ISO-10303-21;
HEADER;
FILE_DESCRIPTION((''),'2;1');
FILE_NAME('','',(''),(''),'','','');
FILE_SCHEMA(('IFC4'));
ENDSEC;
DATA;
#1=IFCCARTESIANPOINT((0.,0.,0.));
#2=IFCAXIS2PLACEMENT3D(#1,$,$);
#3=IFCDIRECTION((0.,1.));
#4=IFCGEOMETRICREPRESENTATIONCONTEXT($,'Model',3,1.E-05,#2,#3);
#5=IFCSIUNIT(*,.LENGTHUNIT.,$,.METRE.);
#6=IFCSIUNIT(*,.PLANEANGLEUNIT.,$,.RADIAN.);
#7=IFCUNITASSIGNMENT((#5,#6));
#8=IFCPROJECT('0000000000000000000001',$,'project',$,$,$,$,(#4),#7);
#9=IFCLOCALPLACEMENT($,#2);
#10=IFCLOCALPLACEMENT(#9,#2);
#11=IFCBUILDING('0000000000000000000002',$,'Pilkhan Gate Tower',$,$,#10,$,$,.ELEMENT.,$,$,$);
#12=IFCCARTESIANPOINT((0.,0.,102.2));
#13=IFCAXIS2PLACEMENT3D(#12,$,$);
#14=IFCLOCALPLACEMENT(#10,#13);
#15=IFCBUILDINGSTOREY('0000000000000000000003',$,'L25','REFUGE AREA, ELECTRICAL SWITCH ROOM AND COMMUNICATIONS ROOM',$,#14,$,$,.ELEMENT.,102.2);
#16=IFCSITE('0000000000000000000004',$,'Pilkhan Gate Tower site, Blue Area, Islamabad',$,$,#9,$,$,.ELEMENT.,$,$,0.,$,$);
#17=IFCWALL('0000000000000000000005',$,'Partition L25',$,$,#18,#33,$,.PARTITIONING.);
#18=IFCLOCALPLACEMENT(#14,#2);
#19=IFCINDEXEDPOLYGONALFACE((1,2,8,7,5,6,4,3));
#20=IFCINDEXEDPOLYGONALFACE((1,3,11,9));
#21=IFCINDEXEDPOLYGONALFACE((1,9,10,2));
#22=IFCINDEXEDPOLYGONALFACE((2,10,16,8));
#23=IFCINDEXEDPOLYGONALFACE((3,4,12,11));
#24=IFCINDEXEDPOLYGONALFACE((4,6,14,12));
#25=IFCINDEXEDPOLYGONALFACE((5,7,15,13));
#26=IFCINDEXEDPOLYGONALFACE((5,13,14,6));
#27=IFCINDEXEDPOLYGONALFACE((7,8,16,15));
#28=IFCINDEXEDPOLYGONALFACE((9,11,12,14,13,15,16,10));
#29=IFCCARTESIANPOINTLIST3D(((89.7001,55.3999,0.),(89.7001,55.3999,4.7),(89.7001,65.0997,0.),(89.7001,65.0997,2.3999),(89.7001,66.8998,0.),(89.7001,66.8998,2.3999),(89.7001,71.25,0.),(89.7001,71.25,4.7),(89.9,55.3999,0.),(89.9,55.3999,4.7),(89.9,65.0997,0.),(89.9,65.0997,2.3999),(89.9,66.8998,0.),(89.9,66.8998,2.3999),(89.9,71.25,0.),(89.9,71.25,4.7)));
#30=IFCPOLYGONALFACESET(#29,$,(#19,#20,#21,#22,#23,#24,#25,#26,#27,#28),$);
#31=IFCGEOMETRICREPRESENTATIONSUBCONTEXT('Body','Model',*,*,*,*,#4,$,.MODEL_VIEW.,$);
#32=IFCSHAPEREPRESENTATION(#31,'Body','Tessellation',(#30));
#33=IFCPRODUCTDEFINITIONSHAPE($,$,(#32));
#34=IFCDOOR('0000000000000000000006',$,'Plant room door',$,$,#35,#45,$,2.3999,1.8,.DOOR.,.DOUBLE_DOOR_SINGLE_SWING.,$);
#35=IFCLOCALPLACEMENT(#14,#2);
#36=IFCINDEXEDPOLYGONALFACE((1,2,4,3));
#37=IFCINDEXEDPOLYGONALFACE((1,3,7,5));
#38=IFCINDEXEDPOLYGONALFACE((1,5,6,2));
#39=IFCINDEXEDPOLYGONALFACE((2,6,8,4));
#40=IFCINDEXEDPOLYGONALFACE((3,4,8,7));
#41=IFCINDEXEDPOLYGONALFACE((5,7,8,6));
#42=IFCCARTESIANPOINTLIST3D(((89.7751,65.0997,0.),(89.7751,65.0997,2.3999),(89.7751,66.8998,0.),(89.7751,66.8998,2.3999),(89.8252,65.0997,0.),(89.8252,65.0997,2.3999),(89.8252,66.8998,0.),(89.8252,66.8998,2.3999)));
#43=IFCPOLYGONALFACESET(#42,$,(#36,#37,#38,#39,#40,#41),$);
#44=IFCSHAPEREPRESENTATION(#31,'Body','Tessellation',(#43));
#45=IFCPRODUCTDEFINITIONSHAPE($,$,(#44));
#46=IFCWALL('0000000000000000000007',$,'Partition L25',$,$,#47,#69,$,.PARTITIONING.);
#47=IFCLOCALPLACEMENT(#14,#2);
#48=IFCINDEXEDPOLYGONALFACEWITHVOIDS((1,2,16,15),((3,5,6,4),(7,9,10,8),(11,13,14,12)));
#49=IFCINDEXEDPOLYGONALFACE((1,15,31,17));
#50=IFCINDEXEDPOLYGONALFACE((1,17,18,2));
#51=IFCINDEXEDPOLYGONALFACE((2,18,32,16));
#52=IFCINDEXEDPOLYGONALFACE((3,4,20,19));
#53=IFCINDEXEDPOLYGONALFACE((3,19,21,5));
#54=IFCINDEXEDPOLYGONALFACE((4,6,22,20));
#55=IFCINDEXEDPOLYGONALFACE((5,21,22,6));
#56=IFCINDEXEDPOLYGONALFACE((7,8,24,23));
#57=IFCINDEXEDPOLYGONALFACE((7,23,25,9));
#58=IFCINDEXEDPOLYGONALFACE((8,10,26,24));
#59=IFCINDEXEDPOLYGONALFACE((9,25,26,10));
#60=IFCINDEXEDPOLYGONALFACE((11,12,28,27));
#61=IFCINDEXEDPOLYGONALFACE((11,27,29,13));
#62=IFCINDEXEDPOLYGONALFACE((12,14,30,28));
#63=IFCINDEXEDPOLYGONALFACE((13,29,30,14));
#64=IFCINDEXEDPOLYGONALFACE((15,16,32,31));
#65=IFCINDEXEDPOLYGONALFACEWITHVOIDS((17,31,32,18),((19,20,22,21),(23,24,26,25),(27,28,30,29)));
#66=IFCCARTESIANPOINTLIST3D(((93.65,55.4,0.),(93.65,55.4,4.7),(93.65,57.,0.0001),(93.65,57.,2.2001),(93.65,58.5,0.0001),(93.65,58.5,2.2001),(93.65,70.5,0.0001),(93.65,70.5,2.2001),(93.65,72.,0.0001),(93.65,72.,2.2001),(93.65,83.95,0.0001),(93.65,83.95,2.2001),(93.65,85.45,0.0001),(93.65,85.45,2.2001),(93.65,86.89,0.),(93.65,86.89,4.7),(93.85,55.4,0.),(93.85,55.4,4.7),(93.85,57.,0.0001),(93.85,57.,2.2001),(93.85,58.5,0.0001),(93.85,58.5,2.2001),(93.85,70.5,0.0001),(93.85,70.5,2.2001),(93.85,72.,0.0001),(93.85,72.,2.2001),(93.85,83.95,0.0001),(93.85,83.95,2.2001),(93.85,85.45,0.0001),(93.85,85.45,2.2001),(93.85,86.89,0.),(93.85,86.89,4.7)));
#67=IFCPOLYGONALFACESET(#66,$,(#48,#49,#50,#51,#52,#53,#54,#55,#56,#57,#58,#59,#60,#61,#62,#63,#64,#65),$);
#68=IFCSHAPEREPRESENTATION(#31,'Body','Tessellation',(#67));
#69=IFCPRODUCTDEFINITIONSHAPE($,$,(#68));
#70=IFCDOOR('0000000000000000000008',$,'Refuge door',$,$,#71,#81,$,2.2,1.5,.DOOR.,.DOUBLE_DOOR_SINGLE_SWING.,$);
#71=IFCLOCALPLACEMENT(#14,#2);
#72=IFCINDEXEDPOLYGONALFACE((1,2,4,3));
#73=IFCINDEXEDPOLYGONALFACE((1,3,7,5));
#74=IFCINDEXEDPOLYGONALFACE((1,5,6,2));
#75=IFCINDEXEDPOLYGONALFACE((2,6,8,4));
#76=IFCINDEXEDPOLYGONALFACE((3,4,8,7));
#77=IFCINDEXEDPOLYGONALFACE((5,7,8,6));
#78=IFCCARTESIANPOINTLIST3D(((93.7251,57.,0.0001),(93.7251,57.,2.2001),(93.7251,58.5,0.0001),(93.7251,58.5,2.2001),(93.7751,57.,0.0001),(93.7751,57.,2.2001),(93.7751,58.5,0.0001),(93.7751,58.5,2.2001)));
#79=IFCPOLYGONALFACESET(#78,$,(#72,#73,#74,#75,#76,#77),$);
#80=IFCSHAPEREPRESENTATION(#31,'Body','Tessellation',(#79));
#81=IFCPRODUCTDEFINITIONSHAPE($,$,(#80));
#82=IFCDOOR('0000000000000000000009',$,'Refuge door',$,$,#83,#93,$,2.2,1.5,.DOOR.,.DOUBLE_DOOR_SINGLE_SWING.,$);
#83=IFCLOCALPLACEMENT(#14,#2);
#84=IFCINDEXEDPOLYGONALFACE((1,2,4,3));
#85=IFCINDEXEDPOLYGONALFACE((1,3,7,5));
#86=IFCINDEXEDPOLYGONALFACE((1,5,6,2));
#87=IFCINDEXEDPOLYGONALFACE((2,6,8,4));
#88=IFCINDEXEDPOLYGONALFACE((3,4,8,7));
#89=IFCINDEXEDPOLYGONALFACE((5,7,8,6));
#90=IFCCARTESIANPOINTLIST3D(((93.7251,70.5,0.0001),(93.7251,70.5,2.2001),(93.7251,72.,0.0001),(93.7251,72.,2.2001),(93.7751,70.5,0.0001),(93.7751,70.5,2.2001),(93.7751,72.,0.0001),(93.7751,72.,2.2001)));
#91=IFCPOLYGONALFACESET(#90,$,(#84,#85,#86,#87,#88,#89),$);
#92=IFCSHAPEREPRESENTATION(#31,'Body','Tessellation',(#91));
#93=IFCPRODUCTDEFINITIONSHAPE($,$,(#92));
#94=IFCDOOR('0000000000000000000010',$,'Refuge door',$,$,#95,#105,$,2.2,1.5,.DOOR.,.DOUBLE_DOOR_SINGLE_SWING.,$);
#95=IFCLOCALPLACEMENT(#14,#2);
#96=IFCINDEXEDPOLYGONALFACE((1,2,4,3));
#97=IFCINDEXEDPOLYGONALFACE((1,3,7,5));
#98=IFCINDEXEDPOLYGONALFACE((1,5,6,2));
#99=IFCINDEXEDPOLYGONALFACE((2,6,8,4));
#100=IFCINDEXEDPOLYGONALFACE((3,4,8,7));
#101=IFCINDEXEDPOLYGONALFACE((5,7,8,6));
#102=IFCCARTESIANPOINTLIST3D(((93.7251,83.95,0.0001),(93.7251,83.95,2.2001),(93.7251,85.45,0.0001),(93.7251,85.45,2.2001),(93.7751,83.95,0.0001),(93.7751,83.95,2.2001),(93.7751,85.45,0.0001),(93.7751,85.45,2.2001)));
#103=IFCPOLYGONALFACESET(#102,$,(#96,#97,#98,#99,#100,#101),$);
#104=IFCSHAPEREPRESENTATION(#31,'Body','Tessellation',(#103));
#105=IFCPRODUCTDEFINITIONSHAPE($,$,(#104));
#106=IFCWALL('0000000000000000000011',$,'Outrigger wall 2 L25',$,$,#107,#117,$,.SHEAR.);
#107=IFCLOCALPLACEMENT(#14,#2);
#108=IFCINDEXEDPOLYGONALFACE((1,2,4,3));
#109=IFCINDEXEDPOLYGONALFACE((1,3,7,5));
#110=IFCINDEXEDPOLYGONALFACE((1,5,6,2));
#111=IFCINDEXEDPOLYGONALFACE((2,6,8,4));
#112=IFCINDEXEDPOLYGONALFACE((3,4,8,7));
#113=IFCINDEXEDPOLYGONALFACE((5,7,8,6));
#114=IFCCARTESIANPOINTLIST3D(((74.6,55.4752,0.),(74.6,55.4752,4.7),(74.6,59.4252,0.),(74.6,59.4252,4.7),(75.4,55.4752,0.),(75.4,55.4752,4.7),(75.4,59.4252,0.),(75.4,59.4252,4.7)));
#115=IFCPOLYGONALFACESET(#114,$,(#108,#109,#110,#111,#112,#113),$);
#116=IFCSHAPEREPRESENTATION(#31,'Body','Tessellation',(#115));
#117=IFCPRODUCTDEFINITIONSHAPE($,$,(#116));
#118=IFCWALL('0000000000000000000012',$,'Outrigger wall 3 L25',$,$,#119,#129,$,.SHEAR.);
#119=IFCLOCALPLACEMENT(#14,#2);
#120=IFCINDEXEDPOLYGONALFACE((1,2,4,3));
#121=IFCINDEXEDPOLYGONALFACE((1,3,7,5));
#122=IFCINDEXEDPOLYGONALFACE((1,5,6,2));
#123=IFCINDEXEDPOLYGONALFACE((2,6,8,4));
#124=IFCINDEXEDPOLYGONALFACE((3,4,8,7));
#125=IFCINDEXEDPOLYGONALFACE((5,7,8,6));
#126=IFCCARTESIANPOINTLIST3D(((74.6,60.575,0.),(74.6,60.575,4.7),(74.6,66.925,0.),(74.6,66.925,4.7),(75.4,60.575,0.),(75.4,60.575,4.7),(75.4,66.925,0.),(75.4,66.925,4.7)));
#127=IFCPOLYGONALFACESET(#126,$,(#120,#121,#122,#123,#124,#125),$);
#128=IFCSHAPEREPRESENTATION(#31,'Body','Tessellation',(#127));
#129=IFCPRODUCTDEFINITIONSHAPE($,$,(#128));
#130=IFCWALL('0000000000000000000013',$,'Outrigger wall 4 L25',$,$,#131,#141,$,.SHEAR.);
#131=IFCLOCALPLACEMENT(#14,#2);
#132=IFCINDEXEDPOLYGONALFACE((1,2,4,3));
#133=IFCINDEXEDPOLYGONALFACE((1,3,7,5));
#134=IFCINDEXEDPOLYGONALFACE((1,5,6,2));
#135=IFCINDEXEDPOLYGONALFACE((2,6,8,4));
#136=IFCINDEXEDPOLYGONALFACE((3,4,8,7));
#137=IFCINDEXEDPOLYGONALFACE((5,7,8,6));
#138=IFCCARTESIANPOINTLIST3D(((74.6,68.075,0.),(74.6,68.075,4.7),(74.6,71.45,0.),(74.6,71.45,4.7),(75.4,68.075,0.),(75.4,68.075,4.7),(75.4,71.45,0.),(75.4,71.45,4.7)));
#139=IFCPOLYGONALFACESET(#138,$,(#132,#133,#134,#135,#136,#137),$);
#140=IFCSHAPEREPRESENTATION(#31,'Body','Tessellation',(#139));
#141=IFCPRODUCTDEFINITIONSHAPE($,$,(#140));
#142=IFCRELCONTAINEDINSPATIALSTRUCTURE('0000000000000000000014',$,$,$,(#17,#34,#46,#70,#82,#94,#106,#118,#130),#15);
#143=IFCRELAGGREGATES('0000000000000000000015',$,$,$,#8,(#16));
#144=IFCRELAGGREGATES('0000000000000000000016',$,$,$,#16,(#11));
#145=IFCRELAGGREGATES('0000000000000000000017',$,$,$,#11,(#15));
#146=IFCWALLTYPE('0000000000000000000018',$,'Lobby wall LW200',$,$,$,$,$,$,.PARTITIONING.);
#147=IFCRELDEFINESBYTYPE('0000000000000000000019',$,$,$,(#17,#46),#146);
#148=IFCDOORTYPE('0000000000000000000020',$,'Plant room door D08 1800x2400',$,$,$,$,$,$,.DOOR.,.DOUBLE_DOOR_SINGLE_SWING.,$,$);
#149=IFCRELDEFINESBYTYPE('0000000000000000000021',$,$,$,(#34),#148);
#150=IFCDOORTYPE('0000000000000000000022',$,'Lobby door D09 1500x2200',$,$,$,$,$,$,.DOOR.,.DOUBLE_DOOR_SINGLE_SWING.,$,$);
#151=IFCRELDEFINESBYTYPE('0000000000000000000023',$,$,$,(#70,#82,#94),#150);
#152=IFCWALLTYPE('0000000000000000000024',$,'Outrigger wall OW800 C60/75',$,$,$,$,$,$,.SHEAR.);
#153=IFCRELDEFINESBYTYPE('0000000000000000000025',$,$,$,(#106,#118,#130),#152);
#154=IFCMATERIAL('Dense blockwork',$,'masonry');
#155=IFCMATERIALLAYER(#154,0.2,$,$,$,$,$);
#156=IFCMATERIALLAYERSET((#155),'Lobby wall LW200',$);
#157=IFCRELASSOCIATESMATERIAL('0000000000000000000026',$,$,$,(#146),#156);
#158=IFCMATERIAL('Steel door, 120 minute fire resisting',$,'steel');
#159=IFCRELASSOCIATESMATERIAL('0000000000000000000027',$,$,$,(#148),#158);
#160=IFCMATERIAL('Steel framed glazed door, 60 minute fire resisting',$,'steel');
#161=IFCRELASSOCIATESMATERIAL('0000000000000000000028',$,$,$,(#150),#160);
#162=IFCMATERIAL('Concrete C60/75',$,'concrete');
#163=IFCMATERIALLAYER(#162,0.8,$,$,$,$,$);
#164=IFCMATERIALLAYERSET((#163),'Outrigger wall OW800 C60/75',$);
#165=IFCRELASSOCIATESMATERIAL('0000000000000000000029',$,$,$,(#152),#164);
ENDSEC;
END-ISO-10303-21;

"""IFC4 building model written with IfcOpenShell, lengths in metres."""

from ifc_helpers import new_model, si_unit, direction, frame, frame_2d, origin, place, context, subcontext, project, spatial, rectangle, extrude, material, layer, layer_set, type_object, element, fill, save


model = new_model("IFC4")

# Units and contexts
model_context = context("Model", 3, precision=1e-05, world=origin(), true_north=direction((0.0, 1.0)))
body_context = subcontext(model_context, "Body", "Model", "MODEL_VIEW")
ifc_project = project(units=[si_unit("LENGTHUNIT", "METRE"), si_unit("PLANEANGLEUNIT", "RADIAN")], contexts=[model_context])

# Site, building, storey
site_placement = place(None, origin())
site = spatial("IfcSite", under=ifc_project, at=site_placement, Name="Pilkhan Gate Tower site, Blue Area, Islamabad", CompositionType="ELEMENT", RefElevation=0.0)
building_placement = place(site_placement, origin())
building = spatial("IfcBuilding", under=site, at=building_placement, Name="Pilkhan Gate Tower", CompositionType="ELEMENT")
storey_placement = place(building_placement, frame((0.0, 0.0, 102.2)))
storey = spatial("IfcBuildingStorey", under=building, at=storey_placement, Name="L25", Description="REFUGE AREA, ELECTRICAL SWITCH ROOM AND COMMUNICATIONS ROOM", CompositionType="ELEMENT", Elevation=102.2)

# Shared definitions
ifc_material_1 = material(Name="Concrete C60/75", Category="concrete")

# Shared definitions
ifc_material_2 = material(Name="Dense blockwork", Category="masonry")
ifc_layer_1 = layer(ifc_material_2, 0.2)
ifc_layer_set_1 = layer_set([ifc_layer_1], Name="Lobby wall LW200")
wall_type_1 = type_object("IfcWallType", Name="Lobby wall LW200", PredefinedType="PARTITIONING", material=ifc_layer_set_1)
ifc_material_3 = material(Name="Steel door, 120 minute fire resisting", Category="steel")
door_type_1 = type_object("IfcDoorType", Name="Plant room door D08 1800x2400", OperationType="DOUBLE_DOOR_SINGLE_SWING", PredefinedType="DOOR", material=ifc_material_3)

# Wall, opening, door
wall_1_placement = place(storey_placement, frame((89.8, 55.3999, 0.0), z_axis=(0.0, 0.0, 1.0), x_axis=(0.0, 1.0, 0.0)))
wall_1 = element("IfcWall", 1, at=wall_1_placement, inside=storey, type_object=wall_type_1, Name="Partition L25", PredefinedType="PARTITIONING", context=body_context, shape_type="SweptSolid", body=[
    extrude(rectangle(XDim=15.8501, YDim=0.2, at=frame_2d((7.925, 0.0))), origin(), (0.0, 0.0, 1.0), 4.7),
])
opening_1_placement = place(wall_1_placement, frame((9.7, 0.0, 0.0)))
opening_1 = element("IfcOpeningElement", 2, at=opening_1_placement, cuts=wall_1, PredefinedType="OPENING", context=body_context, shape_type="SweptSolid", body=[
    extrude(rectangle(XDim=1.8, YDim=2.3999, at=frame_2d((0.8999, 1.2))), frame((0.0, 0.1099, 0.0), z_axis=(0.0, -1.0, 0.0), x_axis=(1.0, 0.0, 0.0)), (0.0, 0.0, 1.0), 0.22),
])
door_1_placement = place(opening_1_placement, origin())
door_1 = element("IfcDoor", 3, at=door_1_placement, inside=storey, type_object=door_type_1, Name="Plant room door", OperationType="DOUBLE_DOOR_SINGLE_SWING", OverallHeight=2.3999, OverallWidth=1.8, PredefinedType="DOOR", context=body_context, shape_type="SweptSolid", body=[
    extrude(rectangle(XDim=1.8, YDim=2.3999, at=frame_2d((0.8999, 1.2))), frame((0.0, 0.0249, 0.0), z_axis=(0.0, -1.0, 0.0), x_axis=(1.0, 0.0, 0.0)), (0.0, 0.0, 1.0), 0.05),
])
fill(opening_1, door_1)

# Wall, openings, doors
wall_2_placement = place(storey_placement, frame((93.75, 55.3999, 0.0), z_axis=(0.0, 0.0, 1.0), x_axis=(0.0, 1.0, 0.0)))
wall_2 = element("IfcWall", 4, at=wall_2_placement, inside=storey, type_object=wall_type_1, Name="Partition L25", PredefinedType="PARTITIONING", context=body_context, shape_type="SweptSolid", body=[
    extrude(rectangle(XDim=31.49, YDim=0.2, at=frame_2d((15.7451, 0.0))), origin(), (0.0, 0.0, 1.0), 4.7),
])
opening_2_placement = place(wall_2_placement, frame((1.6001, 0.0, 0.0)))
opening_2 = element("IfcOpeningElement", 5, at=opening_2_placement, cuts=wall_2, PredefinedType="OPENING", context=body_context, shape_type="SweptSolid", body=[
    extrude(rectangle(XDim=1.5, YDim=2.2, at=frame_2d((0.75, 1.1001))), frame((0.0, 0.1099, 0.0), z_axis=(0.0, -1.0, 0.0), x_axis=(1.0, 0.0, 0.0)), (0.0, 0.0, 1.0), 0.22),
])
opening_3_placement = place(wall_2_placement, frame((15.1001, 0.0, 0.0)))
opening_3 = element("IfcOpeningElement", 6, at=opening_3_placement, cuts=wall_2, PredefinedType="OPENING", context=body_context, shape_type="SweptSolid", body=[
    extrude(rectangle(XDim=1.5, YDim=2.2, at=frame_2d((0.75, 1.1001))), frame((0.0, 0.1099, 0.0), z_axis=(0.0, -1.0, 0.0), x_axis=(1.0, 0.0, 0.0)), (0.0, 0.0, 1.0), 0.22),
])
opening_4_placement = place(wall_2_placement, frame((28.55, 0.0, 0.0)))
opening_4 = element("IfcOpeningElement", 7, at=opening_4_placement, cuts=wall_2, PredefinedType="OPENING", context=body_context, shape_type="SweptSolid", body=[
    extrude(rectangle(XDim=1.5, YDim=2.2, at=frame_2d((0.75, 1.1001))), frame((0.0, 0.1099, 0.0), z_axis=(0.0, -1.0, 0.0), x_axis=(1.0, 0.0, 0.0)), (0.0, 0.0, 1.0), 0.22),
])
ifc_material_4 = material(Name="Steel framed glazed door, 60 minute fire resisting", Category="steel")
door_type_2 = type_object("IfcDoorType", Name="Lobby door D09 1500x2200", OperationType="DOUBLE_DOOR_SINGLE_SWING", PredefinedType="DOOR", material=ifc_material_4)
door_2_placement = place(opening_2_placement, origin())
door_2 = element("IfcDoor", 8, at=door_2_placement, inside=storey, type_object=door_type_2, Name="Refuge door", OperationType="DOUBLE_DOOR_SINGLE_SWING", OverallHeight=2.2, OverallWidth=1.5, PredefinedType="DOOR", context=body_context, shape_type="SweptSolid", body=[
    extrude(rectangle(XDim=1.5, YDim=2.2, at=frame_2d((0.75, 1.1001))), frame((0.0, 0.0249, 0.0), z_axis=(0.0, -1.0, 0.0), x_axis=(1.0, 0.0, 0.0)), (0.0, 0.0, 1.0), 0.05),
])
fill(opening_2, door_2)
door_3_placement = place(opening_3_placement, origin())
door_3 = element("IfcDoor", 9, at=door_3_placement, inside=storey, type_object=door_type_2, Name="Refuge door", OperationType="DOUBLE_DOOR_SINGLE_SWING", OverallHeight=2.2, OverallWidth=1.5, PredefinedType="DOOR", context=body_context, shape_type="SweptSolid", body=[
    extrude(rectangle(XDim=1.5, YDim=2.2, at=frame_2d((0.75, 1.1001))), frame((0.0, 0.0249, 0.0), z_axis=(0.0, -1.0, 0.0), x_axis=(1.0, 0.0, 0.0)), (0.0, 0.0, 1.0), 0.05),
])
fill(opening_3, door_3)
door_4_placement = place(opening_4_placement, origin())
door_4 = element("IfcDoor", 10, at=door_4_placement, inside=storey, type_object=door_type_2, Name="Refuge door", OperationType="DOUBLE_DOOR_SINGLE_SWING", OverallHeight=2.2, OverallWidth=1.5, PredefinedType="DOOR", context=body_context, shape_type="SweptSolid", body=[
    extrude(rectangle(XDim=1.5, YDim=2.2, at=frame_2d((0.75, 1.1001))), frame((0.0, 0.0249, 0.0), z_axis=(0.0, -1.0, 0.0), x_axis=(1.0, 0.0, 0.0)), (0.0, 0.0, 1.0), 0.05),
])
fill(opening_4, door_4)

# Walls
ifc_layer_2 = layer(ifc_material_1, 0.8)
ifc_layer_set_2 = layer_set([ifc_layer_2], Name="Outrigger wall OW800 C60/75")
wall_type_2 = type_object("IfcWallType", Name="Outrigger wall OW800 C60/75", PredefinedType="SHEAR", material=ifc_layer_set_2)
wall_3_placement = place(storey_placement, frame((75.0, 55.4751, 0.0), z_axis=(0.0, 0.0, 1.0), x_axis=(0.0, 1.0, 0.0)))
element("IfcWall", 11, at=wall_3_placement, inside=storey, type_object=wall_type_2, Name="Outrigger wall 2 L25", PredefinedType="SHEAR", context=body_context, shape_type="SweptSolid", body=[
    extrude(rectangle(XDim=3.95, YDim=0.8, at=frame_2d((1.9751, 0.0))), origin(), (0.0, 0.0, 1.0), 4.7),
])
wall_4_placement = place(storey_placement, frame((75.0, 60.575, 0.0), z_axis=(0.0, 0.0, 1.0), x_axis=(0.0, 1.0, 0.0)))
element("IfcWall", 12, at=wall_4_placement, inside=storey, type_object=wall_type_2, Name="Outrigger wall 3 L25", PredefinedType="SHEAR", context=body_context, shape_type="SweptSolid", body=[
    extrude(rectangle(XDim=6.3501, YDim=0.8, at=frame_2d((3.175, 0.0))), origin(), (0.0, 0.0, 1.0), 4.7),
])
wall_5_placement = place(storey_placement, frame((75.0, 68.075, 0.0), z_axis=(0.0, 0.0, 1.0), x_axis=(0.0, 1.0, 0.0)))
element("IfcWall", 13, at=wall_5_placement, inside=storey, type_object=wall_type_2, Name="Outrigger wall 4 L25", PredefinedType="SHEAR", context=body_context, shape_type="SweptSolid", body=[
    extrude(rectangle(XDim=3.375, YDim=0.8, at=frame_2d((1.6875, 0.0))), origin(), (0.0, 0.0, 1.0), 4.7),
])

save(model, "model.ifc")
